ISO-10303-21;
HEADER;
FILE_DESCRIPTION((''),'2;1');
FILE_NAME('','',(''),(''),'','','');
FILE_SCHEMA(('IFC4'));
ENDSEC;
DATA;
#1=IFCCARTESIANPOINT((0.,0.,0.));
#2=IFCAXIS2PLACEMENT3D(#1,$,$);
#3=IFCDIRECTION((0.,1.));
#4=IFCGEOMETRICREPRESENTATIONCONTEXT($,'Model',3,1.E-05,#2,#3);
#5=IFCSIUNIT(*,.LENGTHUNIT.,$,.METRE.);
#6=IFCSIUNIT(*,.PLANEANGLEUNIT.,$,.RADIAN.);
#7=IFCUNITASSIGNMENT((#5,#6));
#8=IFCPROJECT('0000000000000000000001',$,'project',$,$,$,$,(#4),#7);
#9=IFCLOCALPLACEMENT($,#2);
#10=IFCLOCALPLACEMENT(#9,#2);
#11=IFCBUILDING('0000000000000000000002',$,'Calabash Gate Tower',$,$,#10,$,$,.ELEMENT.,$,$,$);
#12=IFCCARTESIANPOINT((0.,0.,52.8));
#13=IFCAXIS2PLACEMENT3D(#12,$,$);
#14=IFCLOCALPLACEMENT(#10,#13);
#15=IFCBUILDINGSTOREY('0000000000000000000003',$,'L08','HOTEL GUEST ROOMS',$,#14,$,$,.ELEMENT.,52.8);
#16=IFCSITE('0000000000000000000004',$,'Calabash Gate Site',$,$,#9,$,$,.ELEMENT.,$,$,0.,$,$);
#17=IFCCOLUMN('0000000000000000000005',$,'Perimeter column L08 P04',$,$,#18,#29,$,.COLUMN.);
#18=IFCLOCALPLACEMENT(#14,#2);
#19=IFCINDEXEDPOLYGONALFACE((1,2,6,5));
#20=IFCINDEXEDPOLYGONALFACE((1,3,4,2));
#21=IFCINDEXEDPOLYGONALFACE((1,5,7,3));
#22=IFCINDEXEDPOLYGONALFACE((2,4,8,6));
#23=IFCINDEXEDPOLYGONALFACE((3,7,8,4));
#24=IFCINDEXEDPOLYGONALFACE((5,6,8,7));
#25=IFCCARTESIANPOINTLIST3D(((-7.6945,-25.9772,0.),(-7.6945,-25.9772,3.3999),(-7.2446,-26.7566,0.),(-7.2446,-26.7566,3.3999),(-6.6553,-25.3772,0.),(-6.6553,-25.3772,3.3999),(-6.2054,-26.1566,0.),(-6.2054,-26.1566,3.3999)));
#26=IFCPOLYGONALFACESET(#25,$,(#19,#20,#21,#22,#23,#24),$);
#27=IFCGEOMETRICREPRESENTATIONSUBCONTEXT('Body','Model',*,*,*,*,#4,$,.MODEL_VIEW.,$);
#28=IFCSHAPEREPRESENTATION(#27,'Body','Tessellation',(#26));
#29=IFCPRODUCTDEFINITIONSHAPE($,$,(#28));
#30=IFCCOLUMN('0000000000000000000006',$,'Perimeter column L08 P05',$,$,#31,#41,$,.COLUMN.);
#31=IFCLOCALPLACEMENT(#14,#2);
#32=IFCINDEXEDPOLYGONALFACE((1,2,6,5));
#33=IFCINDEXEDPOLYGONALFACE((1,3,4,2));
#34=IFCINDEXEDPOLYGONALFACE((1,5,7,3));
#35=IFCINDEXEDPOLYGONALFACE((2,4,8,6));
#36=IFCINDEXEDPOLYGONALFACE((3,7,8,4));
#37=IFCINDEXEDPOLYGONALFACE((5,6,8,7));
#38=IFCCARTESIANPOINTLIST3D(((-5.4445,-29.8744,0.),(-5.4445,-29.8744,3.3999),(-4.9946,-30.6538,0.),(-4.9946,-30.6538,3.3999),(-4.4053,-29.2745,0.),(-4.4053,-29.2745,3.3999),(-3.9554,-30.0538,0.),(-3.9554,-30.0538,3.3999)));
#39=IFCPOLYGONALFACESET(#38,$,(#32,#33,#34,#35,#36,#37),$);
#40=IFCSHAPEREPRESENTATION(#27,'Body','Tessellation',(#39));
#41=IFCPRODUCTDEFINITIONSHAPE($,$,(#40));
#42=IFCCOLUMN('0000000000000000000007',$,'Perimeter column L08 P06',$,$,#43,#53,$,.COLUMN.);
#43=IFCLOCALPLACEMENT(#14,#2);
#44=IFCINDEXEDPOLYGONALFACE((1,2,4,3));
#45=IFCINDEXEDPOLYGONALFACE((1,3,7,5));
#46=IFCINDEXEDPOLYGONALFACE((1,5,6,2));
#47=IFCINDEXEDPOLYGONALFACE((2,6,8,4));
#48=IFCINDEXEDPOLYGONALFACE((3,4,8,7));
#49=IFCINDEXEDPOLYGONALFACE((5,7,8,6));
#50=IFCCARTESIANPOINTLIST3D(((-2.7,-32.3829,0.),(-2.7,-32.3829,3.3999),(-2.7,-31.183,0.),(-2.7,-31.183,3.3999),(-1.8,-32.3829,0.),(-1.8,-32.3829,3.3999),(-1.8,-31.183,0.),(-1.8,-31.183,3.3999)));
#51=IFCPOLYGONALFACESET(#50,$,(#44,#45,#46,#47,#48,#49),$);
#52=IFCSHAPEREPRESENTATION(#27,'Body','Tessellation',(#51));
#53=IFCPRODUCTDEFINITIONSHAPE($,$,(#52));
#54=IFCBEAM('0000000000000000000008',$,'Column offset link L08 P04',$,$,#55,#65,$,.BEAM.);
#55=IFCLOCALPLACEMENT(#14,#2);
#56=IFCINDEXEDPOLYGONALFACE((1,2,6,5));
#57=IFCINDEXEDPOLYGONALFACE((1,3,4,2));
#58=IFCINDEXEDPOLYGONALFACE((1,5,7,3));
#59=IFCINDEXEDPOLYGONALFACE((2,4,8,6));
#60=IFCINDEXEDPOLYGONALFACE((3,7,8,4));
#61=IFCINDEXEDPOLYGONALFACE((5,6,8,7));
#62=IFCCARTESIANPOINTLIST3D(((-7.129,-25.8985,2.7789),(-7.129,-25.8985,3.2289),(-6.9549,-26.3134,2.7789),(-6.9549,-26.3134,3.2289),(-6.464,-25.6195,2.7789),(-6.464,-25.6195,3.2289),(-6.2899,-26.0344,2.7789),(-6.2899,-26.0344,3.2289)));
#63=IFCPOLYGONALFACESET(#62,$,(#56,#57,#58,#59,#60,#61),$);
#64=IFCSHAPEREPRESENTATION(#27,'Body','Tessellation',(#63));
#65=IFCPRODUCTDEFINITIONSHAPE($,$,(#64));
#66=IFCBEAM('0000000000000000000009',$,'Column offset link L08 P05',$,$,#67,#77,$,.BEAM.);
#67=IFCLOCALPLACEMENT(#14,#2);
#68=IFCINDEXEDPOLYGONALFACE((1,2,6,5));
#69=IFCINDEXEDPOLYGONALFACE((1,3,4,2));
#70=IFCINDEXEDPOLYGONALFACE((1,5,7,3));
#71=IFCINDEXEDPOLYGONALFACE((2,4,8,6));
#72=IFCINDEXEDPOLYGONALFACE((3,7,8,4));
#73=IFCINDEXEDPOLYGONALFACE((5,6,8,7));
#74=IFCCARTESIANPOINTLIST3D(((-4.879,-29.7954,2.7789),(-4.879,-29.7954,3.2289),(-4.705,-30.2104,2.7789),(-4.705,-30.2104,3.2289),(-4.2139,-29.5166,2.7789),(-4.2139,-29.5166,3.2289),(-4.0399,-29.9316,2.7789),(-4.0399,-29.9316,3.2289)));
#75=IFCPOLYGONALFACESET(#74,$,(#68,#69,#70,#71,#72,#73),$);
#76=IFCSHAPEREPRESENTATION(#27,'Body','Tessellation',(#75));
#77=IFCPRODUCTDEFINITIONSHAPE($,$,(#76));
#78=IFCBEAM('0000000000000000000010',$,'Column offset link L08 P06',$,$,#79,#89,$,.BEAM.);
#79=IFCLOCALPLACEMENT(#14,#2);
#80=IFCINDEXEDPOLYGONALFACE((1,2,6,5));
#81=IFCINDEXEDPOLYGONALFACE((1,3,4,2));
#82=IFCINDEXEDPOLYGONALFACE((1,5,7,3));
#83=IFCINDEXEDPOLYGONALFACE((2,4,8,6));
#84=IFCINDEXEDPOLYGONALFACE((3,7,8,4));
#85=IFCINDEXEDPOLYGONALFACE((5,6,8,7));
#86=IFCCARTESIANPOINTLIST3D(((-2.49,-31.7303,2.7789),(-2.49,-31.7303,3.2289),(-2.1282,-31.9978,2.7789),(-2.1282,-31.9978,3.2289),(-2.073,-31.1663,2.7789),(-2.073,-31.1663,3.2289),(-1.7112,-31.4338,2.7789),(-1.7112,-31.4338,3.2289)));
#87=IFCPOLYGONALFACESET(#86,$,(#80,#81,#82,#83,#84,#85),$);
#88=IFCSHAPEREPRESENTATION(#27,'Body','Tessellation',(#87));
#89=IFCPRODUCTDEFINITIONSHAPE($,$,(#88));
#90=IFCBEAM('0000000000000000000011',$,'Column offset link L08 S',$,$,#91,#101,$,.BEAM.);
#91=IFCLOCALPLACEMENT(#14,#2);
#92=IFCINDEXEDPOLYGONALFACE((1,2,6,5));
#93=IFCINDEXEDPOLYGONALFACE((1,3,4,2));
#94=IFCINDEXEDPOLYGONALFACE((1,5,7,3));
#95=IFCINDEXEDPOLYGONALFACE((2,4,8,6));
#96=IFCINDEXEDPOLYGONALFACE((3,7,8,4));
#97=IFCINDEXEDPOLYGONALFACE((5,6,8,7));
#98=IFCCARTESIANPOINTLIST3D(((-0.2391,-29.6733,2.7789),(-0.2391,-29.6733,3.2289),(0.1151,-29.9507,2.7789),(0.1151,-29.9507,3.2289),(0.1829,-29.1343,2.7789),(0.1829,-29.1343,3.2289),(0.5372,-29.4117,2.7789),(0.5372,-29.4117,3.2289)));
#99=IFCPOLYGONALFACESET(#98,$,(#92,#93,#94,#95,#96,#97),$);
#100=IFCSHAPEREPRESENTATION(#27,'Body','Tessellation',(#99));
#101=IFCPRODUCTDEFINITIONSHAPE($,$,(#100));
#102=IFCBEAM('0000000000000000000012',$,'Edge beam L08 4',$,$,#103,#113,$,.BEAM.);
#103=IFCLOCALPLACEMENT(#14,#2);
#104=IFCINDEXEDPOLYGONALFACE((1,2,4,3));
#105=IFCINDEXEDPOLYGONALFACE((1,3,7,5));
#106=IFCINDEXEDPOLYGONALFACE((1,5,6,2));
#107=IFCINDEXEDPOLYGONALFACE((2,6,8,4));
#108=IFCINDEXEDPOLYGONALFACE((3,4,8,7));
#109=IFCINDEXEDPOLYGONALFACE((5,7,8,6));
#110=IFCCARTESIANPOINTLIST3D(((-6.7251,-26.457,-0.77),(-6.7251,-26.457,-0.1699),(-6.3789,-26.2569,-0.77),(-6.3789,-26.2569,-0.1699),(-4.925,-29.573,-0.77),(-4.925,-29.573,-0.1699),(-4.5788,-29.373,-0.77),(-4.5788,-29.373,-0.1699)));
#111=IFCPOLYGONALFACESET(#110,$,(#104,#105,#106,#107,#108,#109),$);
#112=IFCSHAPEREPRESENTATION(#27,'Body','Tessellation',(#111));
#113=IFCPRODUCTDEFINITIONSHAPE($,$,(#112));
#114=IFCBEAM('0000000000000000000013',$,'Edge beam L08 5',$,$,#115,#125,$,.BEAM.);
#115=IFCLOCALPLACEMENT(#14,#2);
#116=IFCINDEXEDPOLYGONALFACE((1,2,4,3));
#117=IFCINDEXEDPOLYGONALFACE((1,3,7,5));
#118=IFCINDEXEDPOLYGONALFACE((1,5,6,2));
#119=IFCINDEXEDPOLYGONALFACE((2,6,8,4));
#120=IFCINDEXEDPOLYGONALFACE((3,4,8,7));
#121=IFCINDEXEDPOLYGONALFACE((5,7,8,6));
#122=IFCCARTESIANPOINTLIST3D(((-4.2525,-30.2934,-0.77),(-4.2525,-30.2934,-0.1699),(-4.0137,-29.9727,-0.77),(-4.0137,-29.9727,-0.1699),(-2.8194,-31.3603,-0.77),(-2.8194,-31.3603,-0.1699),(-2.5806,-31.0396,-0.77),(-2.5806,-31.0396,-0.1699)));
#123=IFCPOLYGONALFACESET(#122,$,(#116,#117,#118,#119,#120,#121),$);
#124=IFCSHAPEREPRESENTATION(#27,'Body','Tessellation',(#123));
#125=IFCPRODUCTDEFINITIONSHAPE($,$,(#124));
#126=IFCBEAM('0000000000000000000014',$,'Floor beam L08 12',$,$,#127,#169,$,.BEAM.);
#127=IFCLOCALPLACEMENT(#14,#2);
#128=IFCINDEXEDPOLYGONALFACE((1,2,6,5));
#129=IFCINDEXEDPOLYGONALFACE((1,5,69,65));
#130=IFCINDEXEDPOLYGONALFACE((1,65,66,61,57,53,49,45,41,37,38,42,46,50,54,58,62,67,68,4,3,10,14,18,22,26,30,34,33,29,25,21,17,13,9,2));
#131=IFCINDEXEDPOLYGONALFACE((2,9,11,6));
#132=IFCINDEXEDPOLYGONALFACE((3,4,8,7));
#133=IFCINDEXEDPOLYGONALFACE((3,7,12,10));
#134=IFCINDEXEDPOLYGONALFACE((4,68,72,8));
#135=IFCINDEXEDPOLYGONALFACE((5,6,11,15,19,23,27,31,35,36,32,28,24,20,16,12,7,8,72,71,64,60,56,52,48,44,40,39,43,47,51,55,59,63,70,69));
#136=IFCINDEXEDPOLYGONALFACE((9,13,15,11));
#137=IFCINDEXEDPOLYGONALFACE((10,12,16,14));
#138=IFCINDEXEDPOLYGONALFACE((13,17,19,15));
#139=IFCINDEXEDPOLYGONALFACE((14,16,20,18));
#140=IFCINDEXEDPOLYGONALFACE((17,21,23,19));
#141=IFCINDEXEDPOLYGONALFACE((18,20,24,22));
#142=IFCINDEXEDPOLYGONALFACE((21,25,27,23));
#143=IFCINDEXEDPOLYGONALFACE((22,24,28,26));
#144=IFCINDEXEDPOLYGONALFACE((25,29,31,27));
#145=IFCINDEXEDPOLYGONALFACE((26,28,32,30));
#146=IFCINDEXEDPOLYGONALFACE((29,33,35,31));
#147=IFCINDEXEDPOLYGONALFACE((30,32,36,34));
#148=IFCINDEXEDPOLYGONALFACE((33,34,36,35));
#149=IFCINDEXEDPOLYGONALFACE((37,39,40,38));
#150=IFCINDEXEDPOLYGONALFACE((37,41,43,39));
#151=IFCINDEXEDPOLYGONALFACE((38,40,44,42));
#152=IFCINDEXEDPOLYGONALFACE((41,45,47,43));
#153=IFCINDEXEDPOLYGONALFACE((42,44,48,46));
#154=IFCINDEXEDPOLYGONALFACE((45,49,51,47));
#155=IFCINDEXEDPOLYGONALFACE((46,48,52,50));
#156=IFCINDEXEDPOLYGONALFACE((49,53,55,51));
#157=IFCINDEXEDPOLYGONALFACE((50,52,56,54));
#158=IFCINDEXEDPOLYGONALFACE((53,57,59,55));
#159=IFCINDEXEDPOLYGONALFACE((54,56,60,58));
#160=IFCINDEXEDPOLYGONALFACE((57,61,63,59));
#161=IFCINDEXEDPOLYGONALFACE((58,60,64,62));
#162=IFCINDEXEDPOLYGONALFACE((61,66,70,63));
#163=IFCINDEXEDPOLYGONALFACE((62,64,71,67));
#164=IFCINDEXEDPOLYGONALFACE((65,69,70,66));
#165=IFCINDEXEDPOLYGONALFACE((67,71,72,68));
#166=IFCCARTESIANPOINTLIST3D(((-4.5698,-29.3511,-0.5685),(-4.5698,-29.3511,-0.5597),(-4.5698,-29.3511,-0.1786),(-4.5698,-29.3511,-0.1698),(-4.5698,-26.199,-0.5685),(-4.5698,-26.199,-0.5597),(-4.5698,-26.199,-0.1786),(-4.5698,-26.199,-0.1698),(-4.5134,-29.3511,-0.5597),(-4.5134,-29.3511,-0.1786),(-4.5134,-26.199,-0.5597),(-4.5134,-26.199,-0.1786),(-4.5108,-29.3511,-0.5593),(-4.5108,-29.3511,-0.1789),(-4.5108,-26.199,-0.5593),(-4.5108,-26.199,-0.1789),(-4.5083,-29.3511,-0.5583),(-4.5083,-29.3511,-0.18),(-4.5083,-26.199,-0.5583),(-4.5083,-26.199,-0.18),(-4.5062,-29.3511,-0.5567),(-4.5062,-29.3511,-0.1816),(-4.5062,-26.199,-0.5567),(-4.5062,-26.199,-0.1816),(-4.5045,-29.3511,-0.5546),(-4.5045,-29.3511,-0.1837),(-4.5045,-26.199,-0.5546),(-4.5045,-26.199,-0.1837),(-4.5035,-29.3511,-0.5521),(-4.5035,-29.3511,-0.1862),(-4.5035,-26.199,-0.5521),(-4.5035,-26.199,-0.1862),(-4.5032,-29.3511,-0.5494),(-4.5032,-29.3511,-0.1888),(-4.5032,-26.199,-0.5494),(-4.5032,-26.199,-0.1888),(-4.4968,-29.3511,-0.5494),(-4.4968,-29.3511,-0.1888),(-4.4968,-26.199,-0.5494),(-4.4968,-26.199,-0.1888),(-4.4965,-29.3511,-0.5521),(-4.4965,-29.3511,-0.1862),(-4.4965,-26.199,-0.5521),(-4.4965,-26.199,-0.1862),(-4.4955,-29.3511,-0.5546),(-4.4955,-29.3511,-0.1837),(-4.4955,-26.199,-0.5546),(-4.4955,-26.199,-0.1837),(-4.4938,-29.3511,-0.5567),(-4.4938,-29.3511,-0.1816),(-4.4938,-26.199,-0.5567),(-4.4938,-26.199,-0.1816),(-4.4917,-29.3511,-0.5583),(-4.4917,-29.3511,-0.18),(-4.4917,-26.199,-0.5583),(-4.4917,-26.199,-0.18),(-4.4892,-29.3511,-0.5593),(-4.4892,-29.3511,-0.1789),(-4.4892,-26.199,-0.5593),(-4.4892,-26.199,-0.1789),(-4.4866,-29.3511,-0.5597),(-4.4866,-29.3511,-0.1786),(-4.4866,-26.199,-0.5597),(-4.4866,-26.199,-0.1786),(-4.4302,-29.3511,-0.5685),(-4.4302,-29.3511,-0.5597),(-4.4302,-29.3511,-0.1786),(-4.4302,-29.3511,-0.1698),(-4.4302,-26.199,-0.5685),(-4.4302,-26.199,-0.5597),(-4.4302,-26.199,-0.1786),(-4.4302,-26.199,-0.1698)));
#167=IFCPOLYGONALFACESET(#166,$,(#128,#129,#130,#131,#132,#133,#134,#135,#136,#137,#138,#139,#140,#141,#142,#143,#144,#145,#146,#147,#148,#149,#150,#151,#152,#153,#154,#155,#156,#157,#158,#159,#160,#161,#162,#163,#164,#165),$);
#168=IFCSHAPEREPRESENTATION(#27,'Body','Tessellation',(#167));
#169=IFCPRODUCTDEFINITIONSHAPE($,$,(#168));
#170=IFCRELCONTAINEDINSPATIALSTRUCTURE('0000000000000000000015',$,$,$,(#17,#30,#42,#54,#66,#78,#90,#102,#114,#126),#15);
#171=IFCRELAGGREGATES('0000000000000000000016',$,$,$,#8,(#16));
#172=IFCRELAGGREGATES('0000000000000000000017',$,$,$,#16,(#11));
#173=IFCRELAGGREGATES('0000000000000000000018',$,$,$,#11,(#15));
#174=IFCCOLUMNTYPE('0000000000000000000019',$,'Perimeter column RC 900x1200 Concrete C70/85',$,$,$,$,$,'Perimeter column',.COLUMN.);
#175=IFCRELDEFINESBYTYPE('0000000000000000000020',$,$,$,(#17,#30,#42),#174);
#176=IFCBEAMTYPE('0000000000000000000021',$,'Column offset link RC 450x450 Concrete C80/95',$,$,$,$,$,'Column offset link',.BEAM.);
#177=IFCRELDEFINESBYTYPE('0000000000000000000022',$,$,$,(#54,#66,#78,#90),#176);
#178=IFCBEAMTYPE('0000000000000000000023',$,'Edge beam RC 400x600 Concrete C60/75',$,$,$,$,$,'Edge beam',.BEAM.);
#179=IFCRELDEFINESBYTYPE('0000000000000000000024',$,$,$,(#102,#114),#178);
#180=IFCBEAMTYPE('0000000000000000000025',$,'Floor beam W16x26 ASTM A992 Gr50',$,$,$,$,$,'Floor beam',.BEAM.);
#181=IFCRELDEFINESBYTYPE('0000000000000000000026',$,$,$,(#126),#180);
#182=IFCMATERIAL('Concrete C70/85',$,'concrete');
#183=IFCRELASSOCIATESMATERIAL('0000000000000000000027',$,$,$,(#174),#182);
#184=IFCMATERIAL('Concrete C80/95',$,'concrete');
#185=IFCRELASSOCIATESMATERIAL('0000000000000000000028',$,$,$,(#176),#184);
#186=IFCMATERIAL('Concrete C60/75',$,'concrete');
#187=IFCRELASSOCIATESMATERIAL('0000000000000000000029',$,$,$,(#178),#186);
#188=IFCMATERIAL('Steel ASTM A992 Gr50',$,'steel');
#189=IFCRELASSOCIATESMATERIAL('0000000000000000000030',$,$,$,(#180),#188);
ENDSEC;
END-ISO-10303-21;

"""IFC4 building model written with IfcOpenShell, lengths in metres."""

from ifc_helpers import new_model, si_unit, direction, frame, origin, origin_2d, place, context, subcontext, project, spatial, rectangle, i_section, extrude, material, material_profile, profile_set, type_object, element, save


model = new_model("IFC4")

# Units and contexts
model_context = context("Model", 3, precision=1e-05, world=origin(), true_north=direction((0.0, 1.0)))
body_context = subcontext(model_context, "Body", "Model", "MODEL_VIEW")
ifc_project = project(units=[si_unit("LENGTHUNIT", "METRE"), si_unit("PLANEANGLEUNIT", "RADIAN")], contexts=[model_context])

# Site, building, storey
site_placement = place(None, origin())
site = spatial("IfcSite", under=ifc_project, at=site_placement, Name="Calabash Gate Site", CompositionType="ELEMENT", RefElevation=0.0)
building_placement = place(site_placement, origin())
building = spatial("IfcBuilding", under=site, at=building_placement, Name="Calabash Gate Tower", CompositionType="ELEMENT")
storey_placement = place(building_placement, frame((0.0, 0.0, 52.8)))
storey = spatial("IfcBuildingStorey", under=building, at=storey_placement, Name="L08", Description="HOTEL GUEST ROOMS", CompositionType="ELEMENT", Elevation=52.8)

# Columns
ifc_material_1 = material(Name="Concrete C70/85", Category="concrete")
ifc_material_profile_1 = material_profile(ifc_material_1, rectangle(XDim=0.8999, YDim=1.2, at=origin_2d()))
ifc_profile_set_1 = profile_set([ifc_material_profile_1], Name="Concrete C70/85")
column_type = type_object("IfcColumnType", Name="Perimeter column RC 900x1200 Concrete C70/85", ElementType="Perimeter column", PredefinedType="COLUMN", material=ifc_profile_set_1)
for number, where, z_axis, x_axis, name in (
    (1, (-6.95, -26.0669, 0.0), (0.0, 0.0, 1.0), (0.5, -0.866025, 0.0), "Perimeter column L08 P04"),
    (2, (-4.7, -29.9641, 0.0), (0.0, 0.0, 1.0), (0.5, -0.866025, 0.0), "Perimeter column L08 P05"),
    (3, (-2.25, -31.783, 0.0), (0.0, 0.0, 1.0), (1.0, 0.0, 0.0), "Perimeter column L08 P06"),
):
    element("IfcColumn", number, at=place(storey_placement, frame(where, z_axis=z_axis, x_axis=x_axis)), inside=storey, type_object=column_type, Name=name, PredefinedType="COLUMN", context=body_context, shape_type="SweptSolid", body=[
        extrude(rectangle(XDim=0.8999, YDim=1.2, at=origin_2d()), origin(), (0.0, 0.0, 1.0), 3.3999),
    ])

# Beams
ifc_material_2 = material(Name="Concrete C80/95", Category="concrete")
ifc_material_profile_2 = material_profile(ifc_material_2, rectangle(XDim=0.45, YDim=0.45, at=origin_2d()))
ifc_profile_set_2 = profile_set([ifc_material_profile_2], Name="Concrete C80/95")
beam_type_1 = type_object("IfcBeamType", Name="Column offset link RC 450x450 Concrete C80/95", ElementType="Column offset link", PredefinedType="BEAM", material=ifc_profile_set_2)
for number, where, z_axis, x_axis, name in (
    (4, (-7.042, -26.106, 3.0039), (0.922113, 0.386922, 0.0), (-0.386922, 0.922113, 0.0), "Column offset link L08 P04"),
    (5, (-4.792, -30.0029, 3.0039), (0.922233, 0.386634, 0.0), (-0.386634, 0.922233, 0.0), "Column offset link L08 P05"),
):
    element("IfcBeam", number, at=place(storey_placement, frame(where, z_axis=z_axis, x_axis=x_axis)), inside=storey, type_object=beam_type_1, Name=name, PredefinedType="BEAM", context=body_context, shape_type="SweptSolid", body=[
        extrude(rectangle(XDim=0.45, YDim=0.45, at=origin_2d()), origin(), (0.0, 0.0, 1.0), 0.7212),
    ])
beam_1_placement = place(storey_placement, frame((-2.3091, -31.864, 3.0039), z_axis=(0.594528, 0.804075, 0.0), x_axis=(-0.804075, 0.594528, 0.0)))
element("IfcBeam", 6, at=beam_1_placement, inside=storey, type_object=beam_type_1, Name="Column offset link L08 P06", PredefinedType="BEAM", context=body_context, shape_type="SweptSolid", body=[
    extrude(rectangle(XDim=0.45, YDim=0.45, at=origin_2d()), origin(), (0.0, 0.0, 1.0), 0.7014),
])
beam_2_placement = place(storey_placement, frame((-0.062, -29.812, 3.0039), z_axis=(0.616529, 0.787332, 0.0), x_axis=(-0.787332, 0.616529, 0.0)))
element("IfcBeam", 7, at=beam_2_placement, inside=storey, type_object=beam_type_1, Name="Column offset link L08 S", PredefinedType="BEAM", context=body_context, shape_type="SweptSolid", body=[
    extrude(rectangle(XDim=0.45, YDim=0.45, at=origin_2d()), origin(), (0.0, 0.0, 1.0), 0.6846),
])
ifc_material_3 = material(Name="Concrete C60/75", Category="concrete")
ifc_material_profile_3 = material_profile(ifc_material_3, rectangle(XDim=0.3999, YDim=0.6001, at=origin_2d()))
ifc_profile_set_3 = profile_set([ifc_material_profile_3], Name="Concrete C60/75")
beam_type_2 = type_object("IfcBeamType", Name="Edge beam RC 400x600 Concrete C60/75", ElementType="Edge beam", PredefinedType="BEAM", material=ifc_profile_set_3)
beam_3_placement = place(storey_placement, frame((-6.552, -26.3569, -0.47), z_axis=(0.500218, -0.8659, 0.0), x_axis=(0.8659, 0.500218, 0.0)))
element("IfcBeam", 8, at=beam_3_placement, inside=storey, type_object=beam_type_2, Name="Edge beam L08 4", PredefinedType="BEAM", context=body_context, shape_type="SweptSolid", body=[
    extrude(rectangle(XDim=0.3999, YDim=0.6001, at=origin_2d()), origin(), (0.0, 0.0, 1.0), 3.5986),
])
beam_4_placement = place(storey_placement, frame((-4.1331, -30.1331, -0.47), z_axis=(0.802127, -0.597154, 0.0), x_axis=(0.597154, 0.802127, 0.0)))
element("IfcBeam", 9, at=beam_4_placement, inside=storey, type_object=beam_type_2, Name="Edge beam L08 5", PredefinedType="BEAM", context=body_context, shape_type="SweptSolid", body=[
    extrude(rectangle(XDim=0.3999, YDim=0.6001, at=origin_2d()), origin(), (0.0, 0.0, 1.0), 1.7866),
])
ifc_material_4 = material(Name="Steel ASTM A992 Gr50", Category="steel")
ifc_material_profile_4 = material_profile(ifc_material_4, i_section(OverallWidth=0.1396, OverallDepth=0.3987, WebThickness=0.0063, FlangeThickness=0.0088, FilletRadius=0.0103, at=origin_2d()))
ifc_profile_set_4 = profile_set([ifc_material_profile_4], Name="Steel ASTM A992 Gr50")
beam_type_3 = type_object("IfcBeamType", Name="Floor beam W16x26 ASTM A992 Gr50", ElementType="Floor beam", PredefinedType="BEAM", material=ifc_profile_set_4)
beam_5_placement = place(storey_placement, frame((-4.5, -29.3511, -0.3691), z_axis=(0.0, 1.0, 0.0), x_axis=(-1.0, 0.0, 0.0)))
element("IfcBeam", 10, at=beam_5_placement, inside=storey, type_object=beam_type_3, Name="Floor beam L08 12", PredefinedType="BEAM", context=body_context, shape_type="SweptSolid", body=[
    extrude(i_section(OverallWidth=0.1396, OverallDepth=0.3987, WebThickness=0.0063, FlangeThickness=0.0088, FilletRadius=0.0103, at=origin_2d()), origin(), (0.0, 0.0, 1.0), 3.1521),
])

save(model, "model.ifc")
